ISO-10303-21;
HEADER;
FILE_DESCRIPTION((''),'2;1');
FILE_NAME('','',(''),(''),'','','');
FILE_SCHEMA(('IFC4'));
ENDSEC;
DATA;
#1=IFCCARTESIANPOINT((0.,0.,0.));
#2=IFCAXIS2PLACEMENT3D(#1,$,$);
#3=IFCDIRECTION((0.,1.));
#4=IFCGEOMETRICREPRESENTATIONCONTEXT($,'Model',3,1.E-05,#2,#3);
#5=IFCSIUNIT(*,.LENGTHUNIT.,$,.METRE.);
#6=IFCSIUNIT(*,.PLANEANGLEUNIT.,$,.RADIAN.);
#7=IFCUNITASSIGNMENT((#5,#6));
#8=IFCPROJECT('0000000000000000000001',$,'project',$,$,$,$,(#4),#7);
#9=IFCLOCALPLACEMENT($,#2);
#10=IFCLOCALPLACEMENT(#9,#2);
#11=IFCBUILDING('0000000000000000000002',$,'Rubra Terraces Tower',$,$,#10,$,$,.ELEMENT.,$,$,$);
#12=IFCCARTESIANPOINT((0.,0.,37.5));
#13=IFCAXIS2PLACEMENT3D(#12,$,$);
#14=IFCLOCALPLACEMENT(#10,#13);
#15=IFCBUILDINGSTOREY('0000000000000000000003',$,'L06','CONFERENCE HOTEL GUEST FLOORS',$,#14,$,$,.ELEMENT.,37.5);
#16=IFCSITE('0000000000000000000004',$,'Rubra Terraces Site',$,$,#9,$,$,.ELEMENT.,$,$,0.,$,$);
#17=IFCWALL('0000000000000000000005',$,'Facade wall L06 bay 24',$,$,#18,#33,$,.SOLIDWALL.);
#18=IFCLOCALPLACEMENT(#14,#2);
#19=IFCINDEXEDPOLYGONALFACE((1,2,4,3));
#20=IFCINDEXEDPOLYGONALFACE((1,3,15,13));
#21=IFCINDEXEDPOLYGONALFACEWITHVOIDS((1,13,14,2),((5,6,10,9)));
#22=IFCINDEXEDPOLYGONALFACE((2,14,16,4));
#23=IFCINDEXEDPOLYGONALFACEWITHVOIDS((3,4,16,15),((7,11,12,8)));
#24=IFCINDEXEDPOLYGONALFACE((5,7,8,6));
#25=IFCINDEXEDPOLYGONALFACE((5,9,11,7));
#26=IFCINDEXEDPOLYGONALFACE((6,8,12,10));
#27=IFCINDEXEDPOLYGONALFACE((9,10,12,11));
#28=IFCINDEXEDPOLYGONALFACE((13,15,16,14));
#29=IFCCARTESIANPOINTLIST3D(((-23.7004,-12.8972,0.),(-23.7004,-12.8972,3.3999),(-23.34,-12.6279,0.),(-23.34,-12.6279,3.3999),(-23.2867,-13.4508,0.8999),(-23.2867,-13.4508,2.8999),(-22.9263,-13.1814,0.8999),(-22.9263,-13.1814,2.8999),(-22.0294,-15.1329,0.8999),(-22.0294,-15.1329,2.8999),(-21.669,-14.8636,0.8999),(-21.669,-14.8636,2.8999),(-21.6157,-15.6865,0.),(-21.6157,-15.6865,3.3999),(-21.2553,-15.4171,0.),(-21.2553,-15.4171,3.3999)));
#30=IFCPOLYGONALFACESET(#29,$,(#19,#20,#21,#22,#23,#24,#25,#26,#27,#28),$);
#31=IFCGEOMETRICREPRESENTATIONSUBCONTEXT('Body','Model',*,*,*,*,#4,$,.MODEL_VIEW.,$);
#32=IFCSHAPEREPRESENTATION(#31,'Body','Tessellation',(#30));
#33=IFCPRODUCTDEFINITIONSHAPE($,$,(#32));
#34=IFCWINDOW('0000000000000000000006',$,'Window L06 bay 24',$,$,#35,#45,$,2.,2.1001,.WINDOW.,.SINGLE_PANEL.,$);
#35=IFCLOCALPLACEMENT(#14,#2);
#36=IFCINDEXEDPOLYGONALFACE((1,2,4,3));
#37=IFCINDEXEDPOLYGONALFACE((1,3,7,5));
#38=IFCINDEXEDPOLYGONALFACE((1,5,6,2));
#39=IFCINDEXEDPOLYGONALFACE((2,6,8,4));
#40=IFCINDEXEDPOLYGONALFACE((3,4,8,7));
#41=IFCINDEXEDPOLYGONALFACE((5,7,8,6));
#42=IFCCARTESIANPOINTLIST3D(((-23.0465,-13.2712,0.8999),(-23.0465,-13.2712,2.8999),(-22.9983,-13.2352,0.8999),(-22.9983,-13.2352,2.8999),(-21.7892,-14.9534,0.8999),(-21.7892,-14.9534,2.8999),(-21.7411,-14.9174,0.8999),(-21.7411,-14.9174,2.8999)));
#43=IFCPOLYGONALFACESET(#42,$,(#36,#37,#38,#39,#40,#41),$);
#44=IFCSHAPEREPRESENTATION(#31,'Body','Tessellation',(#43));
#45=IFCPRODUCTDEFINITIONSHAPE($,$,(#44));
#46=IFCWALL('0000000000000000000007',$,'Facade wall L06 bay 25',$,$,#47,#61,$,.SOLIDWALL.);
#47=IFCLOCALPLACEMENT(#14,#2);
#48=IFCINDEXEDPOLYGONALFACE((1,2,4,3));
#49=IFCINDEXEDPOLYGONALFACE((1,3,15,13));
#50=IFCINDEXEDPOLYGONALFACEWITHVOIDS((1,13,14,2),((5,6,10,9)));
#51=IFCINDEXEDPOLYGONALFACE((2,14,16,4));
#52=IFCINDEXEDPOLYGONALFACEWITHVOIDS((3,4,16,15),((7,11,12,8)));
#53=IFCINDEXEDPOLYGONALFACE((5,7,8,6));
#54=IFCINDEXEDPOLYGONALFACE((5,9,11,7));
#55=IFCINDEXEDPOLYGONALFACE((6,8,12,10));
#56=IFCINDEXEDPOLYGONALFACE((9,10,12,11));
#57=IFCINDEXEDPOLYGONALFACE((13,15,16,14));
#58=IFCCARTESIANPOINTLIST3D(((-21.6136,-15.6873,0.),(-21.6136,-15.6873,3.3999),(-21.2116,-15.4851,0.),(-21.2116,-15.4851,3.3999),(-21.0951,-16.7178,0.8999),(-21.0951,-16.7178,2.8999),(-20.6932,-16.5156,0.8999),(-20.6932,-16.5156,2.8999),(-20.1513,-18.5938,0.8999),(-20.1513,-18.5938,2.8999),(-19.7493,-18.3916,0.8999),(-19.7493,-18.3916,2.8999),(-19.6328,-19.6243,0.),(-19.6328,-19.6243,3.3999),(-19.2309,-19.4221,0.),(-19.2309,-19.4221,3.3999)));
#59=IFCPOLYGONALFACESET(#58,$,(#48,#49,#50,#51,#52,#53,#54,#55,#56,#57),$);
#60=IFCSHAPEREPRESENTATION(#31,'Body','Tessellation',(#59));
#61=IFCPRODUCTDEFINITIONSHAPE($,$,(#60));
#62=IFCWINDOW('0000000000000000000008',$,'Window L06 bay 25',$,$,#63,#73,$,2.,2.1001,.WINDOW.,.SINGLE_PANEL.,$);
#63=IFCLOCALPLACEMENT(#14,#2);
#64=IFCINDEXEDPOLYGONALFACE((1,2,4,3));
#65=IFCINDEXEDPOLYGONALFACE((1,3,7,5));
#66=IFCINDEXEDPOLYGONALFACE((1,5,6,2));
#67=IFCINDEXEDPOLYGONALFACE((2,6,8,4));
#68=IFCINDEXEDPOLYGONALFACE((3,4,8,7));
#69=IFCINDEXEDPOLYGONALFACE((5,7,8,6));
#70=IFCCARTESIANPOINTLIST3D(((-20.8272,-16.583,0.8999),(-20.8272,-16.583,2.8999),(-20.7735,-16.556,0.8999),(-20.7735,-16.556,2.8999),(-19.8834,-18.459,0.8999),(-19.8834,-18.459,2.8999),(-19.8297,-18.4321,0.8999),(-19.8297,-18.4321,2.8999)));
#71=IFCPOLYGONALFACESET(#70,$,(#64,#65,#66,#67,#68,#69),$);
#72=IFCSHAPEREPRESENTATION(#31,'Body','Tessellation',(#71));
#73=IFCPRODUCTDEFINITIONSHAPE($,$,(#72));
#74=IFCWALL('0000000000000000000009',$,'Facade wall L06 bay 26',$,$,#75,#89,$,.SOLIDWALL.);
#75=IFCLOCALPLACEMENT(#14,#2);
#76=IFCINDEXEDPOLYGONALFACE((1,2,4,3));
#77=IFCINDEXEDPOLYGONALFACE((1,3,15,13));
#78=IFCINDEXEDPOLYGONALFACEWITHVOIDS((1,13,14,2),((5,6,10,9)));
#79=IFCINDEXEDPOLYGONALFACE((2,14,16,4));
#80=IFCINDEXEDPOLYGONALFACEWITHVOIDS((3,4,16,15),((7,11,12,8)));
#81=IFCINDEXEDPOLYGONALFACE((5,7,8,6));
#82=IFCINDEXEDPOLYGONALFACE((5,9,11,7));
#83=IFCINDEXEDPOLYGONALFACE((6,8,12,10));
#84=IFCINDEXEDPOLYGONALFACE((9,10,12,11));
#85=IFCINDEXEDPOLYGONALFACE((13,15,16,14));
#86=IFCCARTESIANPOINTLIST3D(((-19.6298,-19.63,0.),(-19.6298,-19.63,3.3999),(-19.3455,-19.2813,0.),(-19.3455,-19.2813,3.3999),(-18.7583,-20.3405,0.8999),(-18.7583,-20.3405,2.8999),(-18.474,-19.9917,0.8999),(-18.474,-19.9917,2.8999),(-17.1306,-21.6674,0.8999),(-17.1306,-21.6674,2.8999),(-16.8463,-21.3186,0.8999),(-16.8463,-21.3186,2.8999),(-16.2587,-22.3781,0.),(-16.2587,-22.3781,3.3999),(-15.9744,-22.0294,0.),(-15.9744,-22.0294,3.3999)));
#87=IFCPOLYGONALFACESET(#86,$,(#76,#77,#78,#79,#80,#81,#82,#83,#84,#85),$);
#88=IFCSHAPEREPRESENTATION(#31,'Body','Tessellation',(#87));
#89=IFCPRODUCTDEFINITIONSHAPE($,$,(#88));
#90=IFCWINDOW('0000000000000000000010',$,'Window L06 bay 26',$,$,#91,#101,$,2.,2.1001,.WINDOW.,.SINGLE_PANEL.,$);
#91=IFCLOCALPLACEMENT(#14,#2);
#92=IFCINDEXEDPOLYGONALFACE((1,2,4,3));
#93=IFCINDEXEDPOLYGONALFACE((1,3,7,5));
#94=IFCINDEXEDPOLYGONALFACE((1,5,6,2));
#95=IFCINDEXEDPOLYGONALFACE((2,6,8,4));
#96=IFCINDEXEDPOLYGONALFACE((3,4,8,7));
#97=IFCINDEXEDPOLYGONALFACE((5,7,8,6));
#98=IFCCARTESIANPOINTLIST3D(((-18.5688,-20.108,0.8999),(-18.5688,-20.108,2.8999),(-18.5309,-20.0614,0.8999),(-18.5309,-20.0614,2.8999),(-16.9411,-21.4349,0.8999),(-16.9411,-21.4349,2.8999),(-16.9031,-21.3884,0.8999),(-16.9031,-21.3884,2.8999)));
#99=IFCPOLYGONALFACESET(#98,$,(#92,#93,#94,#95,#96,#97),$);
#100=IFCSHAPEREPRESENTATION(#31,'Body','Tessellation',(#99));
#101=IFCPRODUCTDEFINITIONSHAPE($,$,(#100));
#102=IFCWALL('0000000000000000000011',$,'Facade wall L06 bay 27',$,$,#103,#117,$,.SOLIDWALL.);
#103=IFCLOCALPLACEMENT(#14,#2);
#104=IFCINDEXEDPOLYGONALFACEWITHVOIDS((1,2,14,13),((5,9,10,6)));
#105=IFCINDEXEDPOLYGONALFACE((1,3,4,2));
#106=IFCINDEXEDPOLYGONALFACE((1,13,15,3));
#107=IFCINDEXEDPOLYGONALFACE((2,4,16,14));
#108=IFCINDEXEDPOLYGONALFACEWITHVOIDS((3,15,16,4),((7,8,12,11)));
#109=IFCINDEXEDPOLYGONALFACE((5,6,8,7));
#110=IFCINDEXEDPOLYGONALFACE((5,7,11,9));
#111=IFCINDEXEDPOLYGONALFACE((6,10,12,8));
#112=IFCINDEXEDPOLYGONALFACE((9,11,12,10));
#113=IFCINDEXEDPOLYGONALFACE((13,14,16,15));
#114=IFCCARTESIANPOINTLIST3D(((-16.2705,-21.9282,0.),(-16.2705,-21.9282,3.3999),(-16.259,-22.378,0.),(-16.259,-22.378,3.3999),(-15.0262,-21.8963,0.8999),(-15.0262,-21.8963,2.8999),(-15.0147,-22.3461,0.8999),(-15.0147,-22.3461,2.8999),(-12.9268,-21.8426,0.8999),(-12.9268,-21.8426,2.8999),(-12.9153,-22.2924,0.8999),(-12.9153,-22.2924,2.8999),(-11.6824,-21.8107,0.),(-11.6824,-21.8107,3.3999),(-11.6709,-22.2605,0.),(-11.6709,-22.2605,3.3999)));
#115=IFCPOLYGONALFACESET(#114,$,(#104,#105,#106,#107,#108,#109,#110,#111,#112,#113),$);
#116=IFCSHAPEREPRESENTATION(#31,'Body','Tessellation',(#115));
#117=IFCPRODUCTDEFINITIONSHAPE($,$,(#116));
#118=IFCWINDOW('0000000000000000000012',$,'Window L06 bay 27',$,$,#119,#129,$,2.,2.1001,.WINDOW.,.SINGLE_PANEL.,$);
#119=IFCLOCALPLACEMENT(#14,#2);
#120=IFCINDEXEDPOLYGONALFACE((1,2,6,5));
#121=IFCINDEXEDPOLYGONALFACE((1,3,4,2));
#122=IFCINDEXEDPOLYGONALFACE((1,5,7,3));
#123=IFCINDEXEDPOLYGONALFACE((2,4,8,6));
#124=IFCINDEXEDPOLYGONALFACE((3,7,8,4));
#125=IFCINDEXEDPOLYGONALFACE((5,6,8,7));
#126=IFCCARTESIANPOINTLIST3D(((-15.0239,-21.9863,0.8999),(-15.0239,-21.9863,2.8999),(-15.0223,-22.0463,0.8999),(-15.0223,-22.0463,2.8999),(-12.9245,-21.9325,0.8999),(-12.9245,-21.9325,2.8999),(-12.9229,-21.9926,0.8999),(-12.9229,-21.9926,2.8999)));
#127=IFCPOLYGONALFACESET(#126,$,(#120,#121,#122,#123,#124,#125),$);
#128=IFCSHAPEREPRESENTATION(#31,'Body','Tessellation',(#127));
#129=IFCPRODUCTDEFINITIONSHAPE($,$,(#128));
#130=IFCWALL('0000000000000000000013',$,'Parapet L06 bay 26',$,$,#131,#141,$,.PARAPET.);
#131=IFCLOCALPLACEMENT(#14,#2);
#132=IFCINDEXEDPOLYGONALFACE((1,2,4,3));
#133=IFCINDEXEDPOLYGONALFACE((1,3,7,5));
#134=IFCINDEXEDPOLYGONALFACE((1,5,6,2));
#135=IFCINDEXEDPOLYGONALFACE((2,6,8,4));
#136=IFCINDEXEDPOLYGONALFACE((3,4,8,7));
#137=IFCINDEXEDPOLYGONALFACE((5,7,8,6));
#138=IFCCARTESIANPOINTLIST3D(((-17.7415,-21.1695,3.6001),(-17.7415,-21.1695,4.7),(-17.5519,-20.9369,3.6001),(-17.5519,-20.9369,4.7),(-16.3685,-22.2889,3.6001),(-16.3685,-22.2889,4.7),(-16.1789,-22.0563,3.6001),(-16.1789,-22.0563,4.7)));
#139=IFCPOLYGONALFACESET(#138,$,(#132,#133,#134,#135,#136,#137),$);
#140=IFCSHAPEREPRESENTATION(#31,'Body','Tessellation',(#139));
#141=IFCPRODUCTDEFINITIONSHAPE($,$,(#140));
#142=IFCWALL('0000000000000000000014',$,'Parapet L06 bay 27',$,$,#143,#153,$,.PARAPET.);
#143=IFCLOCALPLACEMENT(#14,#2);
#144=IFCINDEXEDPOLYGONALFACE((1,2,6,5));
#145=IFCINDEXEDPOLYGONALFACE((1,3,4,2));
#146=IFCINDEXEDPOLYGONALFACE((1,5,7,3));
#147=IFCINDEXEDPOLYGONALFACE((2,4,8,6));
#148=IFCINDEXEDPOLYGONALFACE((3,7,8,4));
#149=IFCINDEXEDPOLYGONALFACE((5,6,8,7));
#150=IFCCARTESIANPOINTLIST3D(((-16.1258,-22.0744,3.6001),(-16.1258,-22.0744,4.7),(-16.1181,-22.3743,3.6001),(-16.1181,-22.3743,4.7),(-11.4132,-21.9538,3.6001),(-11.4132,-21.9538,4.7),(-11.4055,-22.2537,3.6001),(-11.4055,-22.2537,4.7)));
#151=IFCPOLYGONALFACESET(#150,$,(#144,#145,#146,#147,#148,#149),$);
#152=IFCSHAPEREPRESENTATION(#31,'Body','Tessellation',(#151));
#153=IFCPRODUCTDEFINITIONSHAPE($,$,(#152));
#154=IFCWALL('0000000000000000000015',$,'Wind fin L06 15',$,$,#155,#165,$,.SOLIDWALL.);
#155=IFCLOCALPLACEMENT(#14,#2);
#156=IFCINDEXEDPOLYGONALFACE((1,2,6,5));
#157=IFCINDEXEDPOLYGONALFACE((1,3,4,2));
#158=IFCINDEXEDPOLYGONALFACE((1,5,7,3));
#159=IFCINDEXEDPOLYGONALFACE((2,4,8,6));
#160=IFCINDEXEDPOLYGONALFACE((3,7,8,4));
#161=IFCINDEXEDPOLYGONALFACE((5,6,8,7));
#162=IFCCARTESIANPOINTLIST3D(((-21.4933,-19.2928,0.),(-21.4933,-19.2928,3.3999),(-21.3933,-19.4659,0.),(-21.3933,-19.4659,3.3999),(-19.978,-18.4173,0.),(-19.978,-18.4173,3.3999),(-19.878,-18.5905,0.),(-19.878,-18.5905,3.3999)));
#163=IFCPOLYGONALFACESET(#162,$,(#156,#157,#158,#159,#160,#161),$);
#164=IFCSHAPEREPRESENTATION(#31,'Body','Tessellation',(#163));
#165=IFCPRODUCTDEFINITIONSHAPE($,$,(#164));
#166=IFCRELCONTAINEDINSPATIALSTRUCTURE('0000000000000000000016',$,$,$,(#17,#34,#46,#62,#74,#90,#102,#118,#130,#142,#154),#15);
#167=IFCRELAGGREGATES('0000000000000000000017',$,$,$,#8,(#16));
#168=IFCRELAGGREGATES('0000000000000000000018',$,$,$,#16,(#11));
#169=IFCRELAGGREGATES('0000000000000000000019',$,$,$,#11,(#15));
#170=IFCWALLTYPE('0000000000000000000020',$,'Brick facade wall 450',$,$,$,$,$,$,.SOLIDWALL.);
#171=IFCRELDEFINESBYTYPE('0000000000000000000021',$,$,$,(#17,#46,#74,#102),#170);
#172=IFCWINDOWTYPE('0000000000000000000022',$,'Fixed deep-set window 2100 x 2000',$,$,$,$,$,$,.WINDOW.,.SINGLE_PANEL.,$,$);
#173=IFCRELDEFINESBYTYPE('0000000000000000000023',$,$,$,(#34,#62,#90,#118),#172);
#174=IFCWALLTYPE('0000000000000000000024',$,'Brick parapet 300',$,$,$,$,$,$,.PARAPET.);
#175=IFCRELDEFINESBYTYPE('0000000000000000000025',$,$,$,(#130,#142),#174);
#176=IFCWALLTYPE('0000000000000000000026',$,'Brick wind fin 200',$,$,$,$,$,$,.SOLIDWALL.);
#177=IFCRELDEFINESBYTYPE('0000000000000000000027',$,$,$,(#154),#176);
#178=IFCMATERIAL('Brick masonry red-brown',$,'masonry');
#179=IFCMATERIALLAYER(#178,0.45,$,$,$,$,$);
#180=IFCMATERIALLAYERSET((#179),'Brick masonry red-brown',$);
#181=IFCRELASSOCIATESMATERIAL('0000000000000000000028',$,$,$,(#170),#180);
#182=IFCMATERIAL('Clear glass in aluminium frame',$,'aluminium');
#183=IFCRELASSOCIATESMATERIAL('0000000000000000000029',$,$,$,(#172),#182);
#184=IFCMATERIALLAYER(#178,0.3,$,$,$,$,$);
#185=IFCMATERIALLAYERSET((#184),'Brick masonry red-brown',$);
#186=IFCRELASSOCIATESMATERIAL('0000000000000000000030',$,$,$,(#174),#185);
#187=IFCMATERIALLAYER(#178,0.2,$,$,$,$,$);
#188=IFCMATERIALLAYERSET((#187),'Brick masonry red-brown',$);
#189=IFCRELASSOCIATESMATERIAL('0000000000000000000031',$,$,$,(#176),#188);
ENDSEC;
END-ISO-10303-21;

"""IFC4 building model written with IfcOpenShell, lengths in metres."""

from ifc_helpers import new_model, si_unit, direction, frame, frame_2d, origin, place, context, subcontext, project, spatial, rectangle, extrude, material, layer, layer_set, type_object, element, fill, save


model = new_model("IFC4")

# Units and contexts
model_context = context("Model", 3, precision=1e-05, world=origin(), true_north=direction((0.0, 1.0)))
body_context = subcontext(model_context, "Body", "Model", "MODEL_VIEW")
ifc_project = project(units=[si_unit("LENGTHUNIT", "METRE"), si_unit("PLANEANGLEUNIT", "RADIAN")], contexts=[model_context])

# Site, building, storey
site_placement = place(None, origin())
site = spatial("IfcSite", under=ifc_project, at=site_placement, Name="Rubra Terraces Site", CompositionType="ELEMENT", RefElevation=0.0)
building_placement = place(site_placement, origin())
building = spatial("IfcBuilding", under=site, at=building_placement, Name="Rubra Terraces Tower", CompositionType="ELEMENT")
storey_placement = place(building_placement, frame((0.0, 0.0, 37.5)))
storey = spatial("IfcBuildingStorey", under=building, at=storey_placement, Name="L06", Description="CONFERENCE HOTEL GUEST FLOORS", CompositionType="ELEMENT", Elevation=37.5)

# Walls, openings, windows
ifc_material_1 = material(Name="Brick masonry red-brown", Category="masonry")
ifc_layer_1 = layer(ifc_material_1, 0.45)
ifc_layer_set_1 = layer_set([ifc_layer_1], Name="Brick masonry red-brown")
wall_type_1 = type_object("IfcWallType", Name="Brick facade wall 450", PredefinedType="SOLIDWALL", material=ifc_layer_set_1)
wall_1_placement = place(storey_placement, frame((-23.5203, -12.7625, 0.0), z_axis=(0.0, 0.0, 1.0), x_axis=(0.598664, -0.801, 0.0)))
wall_1 = element("IfcWall", 1, at=wall_1_placement, inside=storey, type_object=wall_type_1, Name="Facade wall L06 bay 24", PredefinedType="SOLIDWALL", context=body_context, shape_type="SweptSolid", body=[
    extrude(rectangle(XDim=3.4822, YDim=0.45, at=frame_2d((1.7412, 0.0))), origin(), (0.0, 0.0, 1.0), 3.3999),
])
opening_1_placement = place(wall_1_placement, frame((0.6912, 0.0, 0.8999)))
opening_1 = element("IfcOpeningElement", 2, at=opening_1_placement, cuts=wall_1, PredefinedType="OPENING", context=body_context, shape_type="SweptSolid", body=[
    extrude(rectangle(XDim=2.1001, YDim=2.0, at=frame_2d((1.05, 1.0))), frame((0.0, 0.2349, 0.0), z_axis=(0.0, -1.0, 0.0), x_axis=(1.0, 0.0, 0.0)), (0.0, 0.0, 1.0), 0.47),
])
ifc_material_2 = material(Name="Clear glass in aluminium frame", Category="aluminium")
window_type = type_object("IfcWindowType", Name="Fixed deep-set window 2100 x 2000", PartitioningType="SINGLE_PANEL", PredefinedType="WINDOW", material=ifc_material_2)
window_1_placement = place(opening_1_placement, origin())
window_1 = element("IfcWindow", 3, at=window_1_placement, inside=storey, type_object=window_type, Name="Window L06 bay 24", OverallHeight=2.0, OverallWidth=2.1001, PartitioningType="SINGLE_PANEL", PredefinedType="WINDOW", context=body_context, shape_type="SweptSolid", body=[
    extrude(rectangle(XDim=2.1001, YDim=2.0, at=frame_2d((1.05, 1.0))), frame((0.0, 0.135, 0.0), z_axis=(0.0, -1.0, 0.0), x_axis=(1.0, 0.0, 0.0)), (0.0, 0.0, 1.0), 0.0601),
])
fill(opening_1, window_1)
wall_2_placement = place(storey_placement, frame((-21.4126, -15.5862, 0.0), z_axis=(0.0, 0.0, 1.0), x_axis=(0.449428, -0.893317, 0.0)))
wall_2 = element("IfcWall", 4, at=wall_2_placement, inside=storey, type_object=wall_type_1, Name="Facade wall L06 bay 25", PredefinedType="SOLIDWALL", context=body_context, shape_type="SweptSolid", body=[
    extrude(rectangle(XDim=4.4072, YDim=0.45, at=frame_2d((2.2036, 0.0))), origin(), (0.0, 0.0, 1.0), 3.3999),
])
opening_2_placement = place(wall_2_placement, frame((1.1536, 0.0, 0.8999)))
opening_2 = element("IfcOpeningElement", 5, at=opening_2_placement, cuts=wall_2, PredefinedType="OPENING", context=body_context, shape_type="SweptSolid", body=[
    extrude(rectangle(XDim=2.1001, YDim=2.0, at=frame_2d((1.05, 1.0))), frame((0.0, 0.2349, 0.0), z_axis=(0.0, -1.0, 0.0), x_axis=(1.0, 0.0, 0.0)), (0.0, 0.0, 1.0), 0.47),
])
window_2_placement = place(opening_2_placement, origin())
window_2 = element("IfcWindow", 6, at=window_2_placement, inside=storey, type_object=window_type, Name="Window L06 bay 25", OverallHeight=2.0, OverallWidth=2.1001, PartitioningType="SINGLE_PANEL", PredefinedType="WINDOW", context=body_context, shape_type="SweptSolid", body=[
    extrude(rectangle(XDim=2.1001, YDim=2.0, at=frame_2d((1.05, 1.0))), frame((0.0, 0.135, 0.0), z_axis=(0.0, -1.0, 0.0), x_axis=(1.0, 0.0, 0.0)), (0.0, 0.0, 1.0), 0.0601),
])
fill(opening_2, window_2)
wall_3_placement = place(storey_placement, frame((-19.4878, -19.4556, 0.0), z_axis=(0.0, 0.0, 1.0), x_axis=(0.775097, -0.631843, 0.0)))
wall_3 = element("IfcWall", 7, at=wall_3_placement, inside=storey, type_object=wall_type_1, Name="Facade wall L06 bay 26", PredefinedType="SOLIDWALL", context=body_context, shape_type="SweptSolid", body=[
    extrude(rectangle(XDim=4.3494, YDim=0.45, at=frame_2d((2.1748, 0.0))), origin(), (0.0, 0.0, 1.0), 3.3999),
])
opening_3_placement = place(wall_3_placement, frame((1.1245, 0.0, 0.8999)))
opening_3 = element("IfcOpeningElement", 8, at=opening_3_placement, cuts=wall_3, PredefinedType="OPENING", context=body_context, shape_type="SweptSolid", body=[
    extrude(rectangle(XDim=2.1001, YDim=2.0, at=frame_2d((1.05, 1.0))), frame((0.0, 0.2349, 0.0), z_axis=(0.0, -1.0, 0.0), x_axis=(1.0, 0.0, 0.0)), (0.0, 0.0, 1.0), 0.47),
])
window_3_placement = place(opening_3_placement, origin())
window_3 = element("IfcWindow", 9, at=window_3_placement, inside=storey, type_object=window_type, Name="Window L06 bay 26", OverallHeight=2.0, OverallWidth=2.1001, PartitioningType="SINGLE_PANEL", PredefinedType="WINDOW", context=body_context, shape_type="SweptSolid", body=[
    extrude(rectangle(XDim=2.1001, YDim=2.0, at=frame_2d((1.05, 1.0))), frame((0.0, 0.135, 0.0), z_axis=(0.0, -1.0, 0.0), x_axis=(1.0, 0.0, 0.0)), (0.0, 0.0, 1.0), 0.0601),
])
fill(opening_3, window_3)
wall_4_placement = place(storey_placement, frame((-16.2649, -22.1531, 0.0), z_axis=(0.0, 0.0, 1.0), x_axis=(0.999673, 0.025586, 0.0)))
wall_4 = element("IfcWall", 10, at=wall_4_placement, inside=storey, type_object=wall_type_1, Name="Facade wall L06 bay 27", PredefinedType="SOLIDWALL", context=body_context, shape_type="SweptSolid", body=[
    extrude(rectangle(XDim=4.5896, YDim=0.45, at=frame_2d((2.2949, 0.0))), origin(), (0.0, 0.0, 1.0), 3.3999),
])
opening_4_placement = place(wall_4_placement, frame((1.2449, 0.0, 0.8999)))
opening_4 = element("IfcOpeningElement", 11, at=opening_4_placement, cuts=wall_4, PredefinedType="OPENING", context=body_context, shape_type="SweptSolid", body=[
    extrude(rectangle(XDim=2.1001, YDim=2.0, at=frame_2d((1.05, 1.0))), frame((0.0, 0.2349, 0.0), z_axis=(0.0, -1.0, 0.0), x_axis=(1.0, 0.0, 0.0)), (0.0, 0.0, 1.0), 0.47),
])
window_4_placement = place(opening_4_placement, origin())
window_4 = element("IfcWindow", 12, at=window_4_placement, inside=storey, type_object=window_type, Name="Window L06 bay 27", OverallHeight=2.0, OverallWidth=2.1001, PartitioningType="SINGLE_PANEL", PredefinedType="WINDOW", context=body_context, shape_type="SweptSolid", body=[
    extrude(rectangle(XDim=2.1001, YDim=2.0, at=frame_2d((1.05, 1.0))), frame((0.0, 0.135, 0.0), z_axis=(0.0, -1.0, 0.0), x_axis=(1.0, 0.0, 0.0)), (0.0, 0.0, 1.0), 0.0601),
])
fill(opening_4, window_4)

# Walls
ifc_layer_2 = layer(ifc_material_1, 0.3)
ifc_layer_set_2 = layer_set([ifc_layer_2], Name="Brick masonry red-brown")
wall_type_2 = type_object("IfcWallType", Name="Brick parapet 300", PredefinedType="PARAPET", material=ifc_layer_set_2)
wall_5_placement = place(storey_placement, frame((-17.6467, -21.0532, 3.6001), z_axis=(0.0, 0.0, 1.0), x_axis=(0.775067, -0.631878, 0.0)))
element("IfcWall", 13, at=wall_5_placement, inside=storey, type_object=wall_type_2, Name="Parapet L06 bay 26", PredefinedType="PARAPET", context=body_context, shape_type="SweptSolid", body=[
    extrude(rectangle(XDim=1.7715, YDim=0.3, at=frame_2d((0.8857, 0.0))), origin(), (0.0, 0.0, 1.0), 1.0999),
])
wall_6_placement = place(storey_placement, frame((-16.1218, -22.2244, 3.6001), z_axis=(0.0, 0.0, 1.0), x_axis=(0.999673, 0.025584, 0.0)))
element("IfcWall", 14, at=wall_6_placement, inside=storey, type_object=wall_type_2, Name="Parapet L06 bay 27", PredefinedType="PARAPET", context=body_context, shape_type="SweptSolid", body=[
    extrude(rectangle(XDim=4.7141, YDim=0.3, at=frame_2d((2.3569, 0.0))), origin(), (0.0, 0.0, 1.0), 1.0999),
])
ifc_layer_3 = layer(ifc_material_1, 0.2)
ifc_layer_set_3 = layer_set([ifc_layer_3], Name="Brick masonry red-brown")
wall_type_3 = type_object("IfcWallType", Name="Brick wind fin 200", PredefinedType="SOLIDWALL", material=ifc_layer_set_3)
wall_7_placement = place(storey_placement, frame((-19.928, -18.5039, 0.0), z_axis=(0.0, 0.0, 1.0), x_axis=(-0.865881, -0.50025, 0.0)))
element("IfcWall", 15, at=wall_7_placement, inside=storey, type_object=wall_type_3, Name="Wind fin L06 15", PredefinedType="SOLIDWALL", context=body_context, shape_type="SweptSolid", body=[
    extrude(rectangle(XDim=1.75, YDim=0.2, at=frame_2d((0.875, 0.0))), origin(), (0.0, 0.0, 1.0), 3.3999),
])

save(model, "model.ifc")
